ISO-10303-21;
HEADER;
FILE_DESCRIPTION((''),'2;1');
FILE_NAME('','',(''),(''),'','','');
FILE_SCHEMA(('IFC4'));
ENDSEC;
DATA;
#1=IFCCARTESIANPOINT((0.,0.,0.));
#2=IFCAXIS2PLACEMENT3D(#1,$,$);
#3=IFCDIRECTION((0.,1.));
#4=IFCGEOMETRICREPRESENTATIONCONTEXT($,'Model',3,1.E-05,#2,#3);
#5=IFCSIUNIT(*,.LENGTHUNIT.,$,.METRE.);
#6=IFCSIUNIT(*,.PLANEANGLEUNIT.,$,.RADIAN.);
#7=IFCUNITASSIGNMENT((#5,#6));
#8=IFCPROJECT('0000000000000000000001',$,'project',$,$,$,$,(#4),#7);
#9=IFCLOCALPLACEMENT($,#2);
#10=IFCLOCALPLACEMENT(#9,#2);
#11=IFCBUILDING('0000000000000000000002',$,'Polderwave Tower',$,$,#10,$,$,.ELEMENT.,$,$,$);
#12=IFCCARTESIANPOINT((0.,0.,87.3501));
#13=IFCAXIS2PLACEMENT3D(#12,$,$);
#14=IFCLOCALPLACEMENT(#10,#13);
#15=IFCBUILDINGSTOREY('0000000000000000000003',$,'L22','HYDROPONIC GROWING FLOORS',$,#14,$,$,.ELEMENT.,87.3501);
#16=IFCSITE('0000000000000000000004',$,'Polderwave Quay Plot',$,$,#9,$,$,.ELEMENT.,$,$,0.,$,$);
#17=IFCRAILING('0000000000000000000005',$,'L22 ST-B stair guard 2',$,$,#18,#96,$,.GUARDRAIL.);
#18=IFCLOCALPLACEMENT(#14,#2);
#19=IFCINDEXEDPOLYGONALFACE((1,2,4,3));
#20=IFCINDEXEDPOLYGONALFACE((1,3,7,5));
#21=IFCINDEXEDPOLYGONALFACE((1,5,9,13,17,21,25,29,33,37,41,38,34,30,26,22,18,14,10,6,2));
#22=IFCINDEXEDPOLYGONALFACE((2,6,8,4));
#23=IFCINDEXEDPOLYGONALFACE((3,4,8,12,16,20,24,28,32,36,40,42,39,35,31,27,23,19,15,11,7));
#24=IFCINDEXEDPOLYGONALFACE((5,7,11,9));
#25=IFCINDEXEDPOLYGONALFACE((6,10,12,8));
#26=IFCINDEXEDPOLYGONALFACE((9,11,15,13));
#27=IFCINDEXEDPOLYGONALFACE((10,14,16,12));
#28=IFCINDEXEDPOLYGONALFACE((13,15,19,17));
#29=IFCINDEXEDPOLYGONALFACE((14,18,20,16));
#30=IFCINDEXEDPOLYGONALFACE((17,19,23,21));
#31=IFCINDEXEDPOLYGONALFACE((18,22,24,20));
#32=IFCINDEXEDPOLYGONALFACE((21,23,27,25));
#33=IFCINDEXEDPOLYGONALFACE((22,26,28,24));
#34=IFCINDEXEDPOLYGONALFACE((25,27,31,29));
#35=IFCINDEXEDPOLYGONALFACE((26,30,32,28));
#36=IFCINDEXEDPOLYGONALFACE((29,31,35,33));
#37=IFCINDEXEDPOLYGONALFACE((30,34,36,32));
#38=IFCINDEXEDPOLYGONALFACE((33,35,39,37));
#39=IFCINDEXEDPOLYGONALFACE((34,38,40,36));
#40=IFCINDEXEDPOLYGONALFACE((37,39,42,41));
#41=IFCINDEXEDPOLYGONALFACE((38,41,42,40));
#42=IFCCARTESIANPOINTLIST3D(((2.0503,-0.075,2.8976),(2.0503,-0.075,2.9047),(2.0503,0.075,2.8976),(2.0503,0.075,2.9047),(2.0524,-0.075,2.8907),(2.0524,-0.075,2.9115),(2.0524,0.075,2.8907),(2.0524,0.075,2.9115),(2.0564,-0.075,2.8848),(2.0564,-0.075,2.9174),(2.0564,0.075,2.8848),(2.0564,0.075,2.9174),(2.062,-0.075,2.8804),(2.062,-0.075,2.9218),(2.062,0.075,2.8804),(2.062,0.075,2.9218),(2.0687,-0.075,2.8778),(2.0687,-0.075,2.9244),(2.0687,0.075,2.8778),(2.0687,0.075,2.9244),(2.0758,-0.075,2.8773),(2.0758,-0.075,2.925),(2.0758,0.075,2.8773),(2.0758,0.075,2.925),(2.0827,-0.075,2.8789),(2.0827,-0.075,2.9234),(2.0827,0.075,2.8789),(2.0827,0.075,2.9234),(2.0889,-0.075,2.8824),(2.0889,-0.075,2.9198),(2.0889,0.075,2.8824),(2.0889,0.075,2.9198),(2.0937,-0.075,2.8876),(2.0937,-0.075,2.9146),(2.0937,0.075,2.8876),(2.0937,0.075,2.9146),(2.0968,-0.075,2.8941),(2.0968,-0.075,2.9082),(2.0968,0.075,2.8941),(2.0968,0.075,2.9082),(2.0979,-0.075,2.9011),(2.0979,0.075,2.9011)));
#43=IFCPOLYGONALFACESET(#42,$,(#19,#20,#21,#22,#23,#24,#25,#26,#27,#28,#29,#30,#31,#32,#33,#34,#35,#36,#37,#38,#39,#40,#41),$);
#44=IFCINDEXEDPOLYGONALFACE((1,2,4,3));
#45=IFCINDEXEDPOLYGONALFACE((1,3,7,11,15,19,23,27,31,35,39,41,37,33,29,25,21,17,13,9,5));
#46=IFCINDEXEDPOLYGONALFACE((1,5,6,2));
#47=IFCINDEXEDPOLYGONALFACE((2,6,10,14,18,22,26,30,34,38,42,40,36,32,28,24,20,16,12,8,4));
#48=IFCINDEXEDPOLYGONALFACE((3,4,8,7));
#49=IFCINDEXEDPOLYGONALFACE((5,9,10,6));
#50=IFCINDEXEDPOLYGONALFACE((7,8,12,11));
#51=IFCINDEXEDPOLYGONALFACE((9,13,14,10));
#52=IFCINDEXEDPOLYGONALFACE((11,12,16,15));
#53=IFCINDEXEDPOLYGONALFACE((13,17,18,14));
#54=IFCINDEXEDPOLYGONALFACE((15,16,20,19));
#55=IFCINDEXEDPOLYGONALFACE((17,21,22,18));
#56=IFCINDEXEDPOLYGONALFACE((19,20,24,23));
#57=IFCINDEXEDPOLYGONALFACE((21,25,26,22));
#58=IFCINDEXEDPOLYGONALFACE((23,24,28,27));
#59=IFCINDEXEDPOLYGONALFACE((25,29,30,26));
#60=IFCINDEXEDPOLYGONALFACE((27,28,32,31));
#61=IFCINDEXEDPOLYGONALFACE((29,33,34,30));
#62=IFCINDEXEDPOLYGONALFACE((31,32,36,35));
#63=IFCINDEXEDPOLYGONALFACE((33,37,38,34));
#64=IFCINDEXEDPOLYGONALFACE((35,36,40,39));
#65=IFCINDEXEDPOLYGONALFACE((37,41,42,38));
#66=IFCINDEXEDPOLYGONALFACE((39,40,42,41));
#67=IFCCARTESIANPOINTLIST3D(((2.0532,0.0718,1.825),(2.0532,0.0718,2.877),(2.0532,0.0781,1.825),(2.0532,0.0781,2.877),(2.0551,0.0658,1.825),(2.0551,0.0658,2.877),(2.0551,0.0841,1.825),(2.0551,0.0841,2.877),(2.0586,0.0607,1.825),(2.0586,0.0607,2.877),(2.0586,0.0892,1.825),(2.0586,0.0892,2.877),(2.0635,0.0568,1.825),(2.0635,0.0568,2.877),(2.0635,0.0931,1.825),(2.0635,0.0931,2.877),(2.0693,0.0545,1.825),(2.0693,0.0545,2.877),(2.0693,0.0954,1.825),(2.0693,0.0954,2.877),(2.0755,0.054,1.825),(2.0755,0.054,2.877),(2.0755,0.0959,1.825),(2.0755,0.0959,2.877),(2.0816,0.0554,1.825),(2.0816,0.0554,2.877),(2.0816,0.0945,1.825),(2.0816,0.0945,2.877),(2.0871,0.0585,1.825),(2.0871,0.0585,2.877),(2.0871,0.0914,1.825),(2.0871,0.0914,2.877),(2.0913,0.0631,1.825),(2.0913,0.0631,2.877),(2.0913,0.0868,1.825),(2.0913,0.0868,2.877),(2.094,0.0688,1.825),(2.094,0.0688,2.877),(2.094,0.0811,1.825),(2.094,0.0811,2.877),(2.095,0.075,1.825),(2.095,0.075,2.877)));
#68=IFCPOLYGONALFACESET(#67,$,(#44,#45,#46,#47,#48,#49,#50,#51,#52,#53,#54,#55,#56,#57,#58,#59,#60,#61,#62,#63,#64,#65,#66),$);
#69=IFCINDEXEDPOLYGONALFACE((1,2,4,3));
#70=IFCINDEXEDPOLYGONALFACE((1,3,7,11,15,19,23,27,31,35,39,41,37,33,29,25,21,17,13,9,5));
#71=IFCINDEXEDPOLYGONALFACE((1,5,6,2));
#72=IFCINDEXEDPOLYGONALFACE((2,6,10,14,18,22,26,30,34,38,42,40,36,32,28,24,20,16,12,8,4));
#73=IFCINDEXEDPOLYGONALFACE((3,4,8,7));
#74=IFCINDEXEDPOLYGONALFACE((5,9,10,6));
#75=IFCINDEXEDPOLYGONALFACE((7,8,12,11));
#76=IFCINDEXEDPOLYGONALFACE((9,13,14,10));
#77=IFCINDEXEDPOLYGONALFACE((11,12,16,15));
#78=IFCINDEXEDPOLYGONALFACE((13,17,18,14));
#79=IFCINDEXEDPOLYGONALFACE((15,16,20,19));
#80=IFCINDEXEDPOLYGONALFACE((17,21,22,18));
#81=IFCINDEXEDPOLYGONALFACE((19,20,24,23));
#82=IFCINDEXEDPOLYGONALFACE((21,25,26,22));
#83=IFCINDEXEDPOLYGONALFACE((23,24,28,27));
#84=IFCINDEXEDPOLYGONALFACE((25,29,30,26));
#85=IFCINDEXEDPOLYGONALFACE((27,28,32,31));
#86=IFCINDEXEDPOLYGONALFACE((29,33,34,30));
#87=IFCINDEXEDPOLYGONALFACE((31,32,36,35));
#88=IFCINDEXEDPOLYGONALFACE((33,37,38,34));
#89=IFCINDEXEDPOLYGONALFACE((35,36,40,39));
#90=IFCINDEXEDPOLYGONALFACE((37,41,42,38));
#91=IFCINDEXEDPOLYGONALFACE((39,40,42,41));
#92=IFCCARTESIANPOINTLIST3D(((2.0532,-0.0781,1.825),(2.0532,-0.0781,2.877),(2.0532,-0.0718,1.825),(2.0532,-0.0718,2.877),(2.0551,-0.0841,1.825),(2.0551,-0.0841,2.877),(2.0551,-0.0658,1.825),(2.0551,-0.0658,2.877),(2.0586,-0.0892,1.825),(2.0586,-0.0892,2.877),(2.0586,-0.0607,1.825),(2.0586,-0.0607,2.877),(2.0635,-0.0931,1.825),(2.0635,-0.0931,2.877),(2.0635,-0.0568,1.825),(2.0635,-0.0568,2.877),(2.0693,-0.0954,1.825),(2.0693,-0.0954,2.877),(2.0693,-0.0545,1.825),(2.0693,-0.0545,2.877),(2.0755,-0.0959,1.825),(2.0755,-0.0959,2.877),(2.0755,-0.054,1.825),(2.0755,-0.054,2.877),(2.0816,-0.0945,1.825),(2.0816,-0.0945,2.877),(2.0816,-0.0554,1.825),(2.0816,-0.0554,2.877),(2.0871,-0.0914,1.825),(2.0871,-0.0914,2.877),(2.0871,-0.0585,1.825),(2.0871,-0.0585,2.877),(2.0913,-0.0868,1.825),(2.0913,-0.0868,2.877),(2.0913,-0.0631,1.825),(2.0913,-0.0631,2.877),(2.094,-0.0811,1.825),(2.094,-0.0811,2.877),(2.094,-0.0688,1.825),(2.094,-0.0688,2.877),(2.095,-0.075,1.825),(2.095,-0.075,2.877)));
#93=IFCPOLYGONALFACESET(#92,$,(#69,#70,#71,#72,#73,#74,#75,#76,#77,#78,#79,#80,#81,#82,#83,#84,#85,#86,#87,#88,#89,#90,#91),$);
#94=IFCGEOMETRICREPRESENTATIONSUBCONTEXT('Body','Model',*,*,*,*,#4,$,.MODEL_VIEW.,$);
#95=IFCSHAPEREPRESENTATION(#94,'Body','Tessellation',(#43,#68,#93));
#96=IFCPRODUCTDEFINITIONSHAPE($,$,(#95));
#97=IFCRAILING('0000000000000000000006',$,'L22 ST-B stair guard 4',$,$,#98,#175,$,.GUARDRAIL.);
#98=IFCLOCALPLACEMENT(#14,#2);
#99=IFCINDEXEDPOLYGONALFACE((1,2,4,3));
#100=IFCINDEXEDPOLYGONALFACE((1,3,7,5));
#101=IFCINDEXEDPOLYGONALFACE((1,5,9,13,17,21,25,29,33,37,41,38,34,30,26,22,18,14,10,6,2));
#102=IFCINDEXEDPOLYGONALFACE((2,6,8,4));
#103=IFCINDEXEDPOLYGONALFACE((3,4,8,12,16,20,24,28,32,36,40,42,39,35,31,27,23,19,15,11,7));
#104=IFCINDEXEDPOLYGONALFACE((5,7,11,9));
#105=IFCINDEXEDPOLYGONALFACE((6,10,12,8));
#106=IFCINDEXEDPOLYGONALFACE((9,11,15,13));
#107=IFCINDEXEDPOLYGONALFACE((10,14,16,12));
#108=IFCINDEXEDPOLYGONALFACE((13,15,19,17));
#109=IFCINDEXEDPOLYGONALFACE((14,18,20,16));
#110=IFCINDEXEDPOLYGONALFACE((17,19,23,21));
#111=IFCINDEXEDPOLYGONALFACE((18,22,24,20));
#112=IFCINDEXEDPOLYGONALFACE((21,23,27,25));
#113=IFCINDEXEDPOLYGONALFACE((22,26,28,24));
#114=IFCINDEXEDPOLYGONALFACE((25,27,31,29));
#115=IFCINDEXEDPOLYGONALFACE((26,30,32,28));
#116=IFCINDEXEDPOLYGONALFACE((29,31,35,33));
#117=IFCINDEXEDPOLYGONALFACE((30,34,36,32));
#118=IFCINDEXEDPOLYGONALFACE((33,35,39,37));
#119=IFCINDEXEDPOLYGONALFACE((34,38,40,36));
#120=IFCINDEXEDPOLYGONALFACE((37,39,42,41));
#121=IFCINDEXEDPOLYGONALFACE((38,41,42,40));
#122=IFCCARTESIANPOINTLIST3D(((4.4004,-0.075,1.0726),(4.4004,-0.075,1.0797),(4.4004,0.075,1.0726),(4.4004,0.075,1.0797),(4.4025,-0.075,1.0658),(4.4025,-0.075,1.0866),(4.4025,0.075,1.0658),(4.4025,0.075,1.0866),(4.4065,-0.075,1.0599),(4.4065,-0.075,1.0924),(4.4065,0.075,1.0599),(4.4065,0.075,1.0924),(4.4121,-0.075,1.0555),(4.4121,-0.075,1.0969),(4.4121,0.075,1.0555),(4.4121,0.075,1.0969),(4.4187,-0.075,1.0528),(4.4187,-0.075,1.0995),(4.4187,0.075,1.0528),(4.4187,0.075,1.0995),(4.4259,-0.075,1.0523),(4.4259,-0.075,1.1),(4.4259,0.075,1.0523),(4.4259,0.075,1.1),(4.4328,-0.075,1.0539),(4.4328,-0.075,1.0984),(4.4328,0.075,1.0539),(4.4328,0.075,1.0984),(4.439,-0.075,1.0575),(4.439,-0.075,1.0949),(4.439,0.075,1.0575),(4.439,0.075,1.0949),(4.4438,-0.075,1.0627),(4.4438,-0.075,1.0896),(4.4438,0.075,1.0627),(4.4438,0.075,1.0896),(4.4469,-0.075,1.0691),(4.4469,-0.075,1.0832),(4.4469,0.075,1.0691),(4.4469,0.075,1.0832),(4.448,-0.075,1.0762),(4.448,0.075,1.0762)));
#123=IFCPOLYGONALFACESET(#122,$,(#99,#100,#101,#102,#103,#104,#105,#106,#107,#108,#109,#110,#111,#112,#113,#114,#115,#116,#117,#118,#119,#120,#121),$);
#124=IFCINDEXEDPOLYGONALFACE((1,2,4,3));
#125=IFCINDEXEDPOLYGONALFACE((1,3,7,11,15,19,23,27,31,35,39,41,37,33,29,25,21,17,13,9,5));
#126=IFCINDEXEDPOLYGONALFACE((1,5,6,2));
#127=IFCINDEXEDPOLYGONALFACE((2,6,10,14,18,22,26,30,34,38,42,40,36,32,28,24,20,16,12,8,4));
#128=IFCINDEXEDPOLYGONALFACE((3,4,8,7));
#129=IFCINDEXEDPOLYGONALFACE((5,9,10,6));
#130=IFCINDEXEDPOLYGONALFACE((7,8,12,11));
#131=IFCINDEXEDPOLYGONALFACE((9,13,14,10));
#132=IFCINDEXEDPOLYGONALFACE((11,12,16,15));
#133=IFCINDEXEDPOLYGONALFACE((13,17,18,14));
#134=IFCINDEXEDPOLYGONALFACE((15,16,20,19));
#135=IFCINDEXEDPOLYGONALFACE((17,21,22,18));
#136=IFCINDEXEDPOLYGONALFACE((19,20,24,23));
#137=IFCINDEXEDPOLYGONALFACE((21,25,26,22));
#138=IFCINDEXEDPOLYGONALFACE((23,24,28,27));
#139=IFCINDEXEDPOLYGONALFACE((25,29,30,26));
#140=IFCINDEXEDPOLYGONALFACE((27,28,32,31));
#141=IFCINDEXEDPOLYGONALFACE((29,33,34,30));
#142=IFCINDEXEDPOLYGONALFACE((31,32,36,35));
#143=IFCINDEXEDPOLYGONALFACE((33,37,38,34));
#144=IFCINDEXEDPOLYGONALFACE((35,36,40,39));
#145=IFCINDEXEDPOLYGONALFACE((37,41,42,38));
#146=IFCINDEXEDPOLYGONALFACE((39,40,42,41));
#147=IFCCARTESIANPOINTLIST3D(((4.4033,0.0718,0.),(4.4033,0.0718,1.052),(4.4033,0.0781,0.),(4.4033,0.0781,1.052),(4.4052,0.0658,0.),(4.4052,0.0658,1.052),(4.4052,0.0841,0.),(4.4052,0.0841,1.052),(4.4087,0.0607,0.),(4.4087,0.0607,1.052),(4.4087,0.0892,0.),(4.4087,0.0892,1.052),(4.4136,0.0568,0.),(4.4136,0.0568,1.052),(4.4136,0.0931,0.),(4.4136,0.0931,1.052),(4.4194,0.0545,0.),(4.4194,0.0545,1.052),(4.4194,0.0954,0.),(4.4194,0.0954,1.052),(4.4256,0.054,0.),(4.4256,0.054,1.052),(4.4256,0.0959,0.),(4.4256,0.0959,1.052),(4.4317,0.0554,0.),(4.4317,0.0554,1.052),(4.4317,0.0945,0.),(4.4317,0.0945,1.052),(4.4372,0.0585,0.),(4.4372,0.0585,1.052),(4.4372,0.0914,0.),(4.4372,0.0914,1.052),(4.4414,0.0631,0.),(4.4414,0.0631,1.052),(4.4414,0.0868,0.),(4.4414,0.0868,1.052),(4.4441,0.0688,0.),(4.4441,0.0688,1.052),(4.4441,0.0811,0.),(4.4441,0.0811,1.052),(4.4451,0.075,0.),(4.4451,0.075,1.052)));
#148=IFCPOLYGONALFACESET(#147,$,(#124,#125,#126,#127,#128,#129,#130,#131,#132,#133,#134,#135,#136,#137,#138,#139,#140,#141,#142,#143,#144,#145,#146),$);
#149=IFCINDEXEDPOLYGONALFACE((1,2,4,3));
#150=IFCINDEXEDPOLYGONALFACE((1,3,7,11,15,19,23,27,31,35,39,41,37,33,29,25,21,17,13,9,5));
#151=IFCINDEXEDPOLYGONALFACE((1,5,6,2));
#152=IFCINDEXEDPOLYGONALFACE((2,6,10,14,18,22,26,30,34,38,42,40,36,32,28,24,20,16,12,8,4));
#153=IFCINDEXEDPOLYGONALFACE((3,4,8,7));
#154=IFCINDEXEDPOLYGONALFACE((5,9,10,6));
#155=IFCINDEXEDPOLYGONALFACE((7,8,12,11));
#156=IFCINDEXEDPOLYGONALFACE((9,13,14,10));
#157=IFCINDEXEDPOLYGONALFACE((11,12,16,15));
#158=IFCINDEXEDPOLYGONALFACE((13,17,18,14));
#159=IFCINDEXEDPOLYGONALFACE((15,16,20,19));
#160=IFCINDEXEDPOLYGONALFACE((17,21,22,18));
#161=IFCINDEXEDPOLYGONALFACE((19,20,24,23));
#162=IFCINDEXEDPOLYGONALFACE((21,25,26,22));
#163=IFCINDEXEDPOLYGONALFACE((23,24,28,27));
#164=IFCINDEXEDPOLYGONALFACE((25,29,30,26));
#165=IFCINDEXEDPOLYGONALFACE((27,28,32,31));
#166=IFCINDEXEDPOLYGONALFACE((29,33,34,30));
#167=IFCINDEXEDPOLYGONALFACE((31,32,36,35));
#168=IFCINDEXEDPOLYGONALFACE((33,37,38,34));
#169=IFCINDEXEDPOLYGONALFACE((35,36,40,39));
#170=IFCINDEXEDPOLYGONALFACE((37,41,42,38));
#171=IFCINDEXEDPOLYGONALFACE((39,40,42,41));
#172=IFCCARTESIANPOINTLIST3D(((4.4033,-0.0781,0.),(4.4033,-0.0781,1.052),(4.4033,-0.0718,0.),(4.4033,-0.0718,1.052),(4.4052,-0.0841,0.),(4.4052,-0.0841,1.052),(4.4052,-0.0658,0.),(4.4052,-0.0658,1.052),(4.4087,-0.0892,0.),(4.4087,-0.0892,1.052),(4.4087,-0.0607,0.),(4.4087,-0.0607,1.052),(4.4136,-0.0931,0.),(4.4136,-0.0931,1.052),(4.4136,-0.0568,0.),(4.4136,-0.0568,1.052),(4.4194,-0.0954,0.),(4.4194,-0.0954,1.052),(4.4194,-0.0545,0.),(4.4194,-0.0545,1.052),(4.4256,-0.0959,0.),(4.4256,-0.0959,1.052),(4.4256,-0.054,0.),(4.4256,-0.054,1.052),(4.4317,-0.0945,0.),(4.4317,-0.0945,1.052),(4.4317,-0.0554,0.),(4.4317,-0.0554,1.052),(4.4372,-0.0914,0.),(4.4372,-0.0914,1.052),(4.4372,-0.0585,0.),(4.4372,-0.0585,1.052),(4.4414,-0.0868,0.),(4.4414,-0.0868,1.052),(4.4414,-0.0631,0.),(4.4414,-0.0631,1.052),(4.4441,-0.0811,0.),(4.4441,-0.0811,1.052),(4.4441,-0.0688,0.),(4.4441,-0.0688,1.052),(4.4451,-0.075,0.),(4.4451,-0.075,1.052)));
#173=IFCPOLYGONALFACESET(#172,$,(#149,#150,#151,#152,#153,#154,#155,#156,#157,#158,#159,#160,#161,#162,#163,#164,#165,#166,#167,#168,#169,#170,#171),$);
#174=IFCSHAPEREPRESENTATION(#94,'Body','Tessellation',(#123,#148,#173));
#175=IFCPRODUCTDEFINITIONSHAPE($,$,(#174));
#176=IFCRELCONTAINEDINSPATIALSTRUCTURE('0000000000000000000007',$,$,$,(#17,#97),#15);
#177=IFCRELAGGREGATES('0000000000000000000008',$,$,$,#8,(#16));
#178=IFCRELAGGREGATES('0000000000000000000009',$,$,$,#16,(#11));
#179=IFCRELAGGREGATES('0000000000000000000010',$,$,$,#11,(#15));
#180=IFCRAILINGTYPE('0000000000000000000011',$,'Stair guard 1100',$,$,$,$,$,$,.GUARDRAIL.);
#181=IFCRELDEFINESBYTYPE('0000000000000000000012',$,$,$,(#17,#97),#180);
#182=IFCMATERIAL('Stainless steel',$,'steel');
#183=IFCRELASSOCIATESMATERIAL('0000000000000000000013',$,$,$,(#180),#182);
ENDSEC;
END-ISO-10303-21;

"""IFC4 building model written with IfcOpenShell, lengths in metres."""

from ifc_helpers import new_model, si_unit, direction, frame, origin, origin_2d, place, context, subcontext, project, spatial, circle, extrude, material, type_object, element, save


model = new_model("IFC4")

# Units and contexts
model_context = context("Model", 3, precision=1e-05, world=origin(), true_north=direction((0.0, 1.0)))
body_context = subcontext(model_context, "Body", "Model", "MODEL_VIEW")
ifc_project = project(units=[si_unit("LENGTHUNIT", "METRE"), si_unit("PLANEANGLEUNIT", "RADIAN")], contexts=[model_context])

# Site, building, storey
site_placement = place(None, origin())
site = spatial("IfcSite", under=ifc_project, at=site_placement, Name="Polderwave Quay Plot", CompositionType="ELEMENT", RefElevation=0.0)
building_placement = place(site_placement, origin())
building = spatial("IfcBuilding", under=site, at=building_placement, Name="Polderwave Tower", CompositionType="ELEMENT")
storey_placement = place(building_placement, frame((0.0, 0.0, 87.3501)))
storey = spatial("IfcBuildingStorey", under=building, at=storey_placement, Name="L22", Description="HYDROPONIC GROWING FLOORS", CompositionType="ELEMENT", Elevation=87.3501)

# Railings
ifc_material_1 = material(Name="Stainless steel", Category="steel")
railing_type_1 = type_object("IfcRailingType", Name="Stair guard 1100", PredefinedType="GUARDRAIL", material=ifc_material_1)
for number, where, name in (
    (1, (2.074, 0.075, 1.825), "L22 ST-B stair guard 2"),
    (2, (4.4241, 0.075, 0.0), "L22 ST-B stair guard 4"),
):
    element("IfcRailing", number, at=place(storey_placement, frame(where)), inside=storey, type_object=railing_type_1, Name=name, PredefinedType="GUARDRAIL", context=body_context, shape_type="SweptSolid", body=[
        extrude(circle(Radius=0.0239, at=origin_2d()), frame((0.0, 0.0, 1.0762), z_axis=(0.0, -1.0, 0.0), x_axis=(1.0, 0.0, 0.0)), (0.0, 0.0, 1.0), 0.1499),
        extrude(circle(Radius=0.021, at=origin_2d()), origin(), (0.0, 0.0, 1.0), 1.052),
        extrude(circle(Radius=0.021, at=origin_2d()), frame((0.0, -0.1499, 0.0)), (0.0, 0.0, 1.0), 1.052),
    ])

save(model, "model.ifc")
